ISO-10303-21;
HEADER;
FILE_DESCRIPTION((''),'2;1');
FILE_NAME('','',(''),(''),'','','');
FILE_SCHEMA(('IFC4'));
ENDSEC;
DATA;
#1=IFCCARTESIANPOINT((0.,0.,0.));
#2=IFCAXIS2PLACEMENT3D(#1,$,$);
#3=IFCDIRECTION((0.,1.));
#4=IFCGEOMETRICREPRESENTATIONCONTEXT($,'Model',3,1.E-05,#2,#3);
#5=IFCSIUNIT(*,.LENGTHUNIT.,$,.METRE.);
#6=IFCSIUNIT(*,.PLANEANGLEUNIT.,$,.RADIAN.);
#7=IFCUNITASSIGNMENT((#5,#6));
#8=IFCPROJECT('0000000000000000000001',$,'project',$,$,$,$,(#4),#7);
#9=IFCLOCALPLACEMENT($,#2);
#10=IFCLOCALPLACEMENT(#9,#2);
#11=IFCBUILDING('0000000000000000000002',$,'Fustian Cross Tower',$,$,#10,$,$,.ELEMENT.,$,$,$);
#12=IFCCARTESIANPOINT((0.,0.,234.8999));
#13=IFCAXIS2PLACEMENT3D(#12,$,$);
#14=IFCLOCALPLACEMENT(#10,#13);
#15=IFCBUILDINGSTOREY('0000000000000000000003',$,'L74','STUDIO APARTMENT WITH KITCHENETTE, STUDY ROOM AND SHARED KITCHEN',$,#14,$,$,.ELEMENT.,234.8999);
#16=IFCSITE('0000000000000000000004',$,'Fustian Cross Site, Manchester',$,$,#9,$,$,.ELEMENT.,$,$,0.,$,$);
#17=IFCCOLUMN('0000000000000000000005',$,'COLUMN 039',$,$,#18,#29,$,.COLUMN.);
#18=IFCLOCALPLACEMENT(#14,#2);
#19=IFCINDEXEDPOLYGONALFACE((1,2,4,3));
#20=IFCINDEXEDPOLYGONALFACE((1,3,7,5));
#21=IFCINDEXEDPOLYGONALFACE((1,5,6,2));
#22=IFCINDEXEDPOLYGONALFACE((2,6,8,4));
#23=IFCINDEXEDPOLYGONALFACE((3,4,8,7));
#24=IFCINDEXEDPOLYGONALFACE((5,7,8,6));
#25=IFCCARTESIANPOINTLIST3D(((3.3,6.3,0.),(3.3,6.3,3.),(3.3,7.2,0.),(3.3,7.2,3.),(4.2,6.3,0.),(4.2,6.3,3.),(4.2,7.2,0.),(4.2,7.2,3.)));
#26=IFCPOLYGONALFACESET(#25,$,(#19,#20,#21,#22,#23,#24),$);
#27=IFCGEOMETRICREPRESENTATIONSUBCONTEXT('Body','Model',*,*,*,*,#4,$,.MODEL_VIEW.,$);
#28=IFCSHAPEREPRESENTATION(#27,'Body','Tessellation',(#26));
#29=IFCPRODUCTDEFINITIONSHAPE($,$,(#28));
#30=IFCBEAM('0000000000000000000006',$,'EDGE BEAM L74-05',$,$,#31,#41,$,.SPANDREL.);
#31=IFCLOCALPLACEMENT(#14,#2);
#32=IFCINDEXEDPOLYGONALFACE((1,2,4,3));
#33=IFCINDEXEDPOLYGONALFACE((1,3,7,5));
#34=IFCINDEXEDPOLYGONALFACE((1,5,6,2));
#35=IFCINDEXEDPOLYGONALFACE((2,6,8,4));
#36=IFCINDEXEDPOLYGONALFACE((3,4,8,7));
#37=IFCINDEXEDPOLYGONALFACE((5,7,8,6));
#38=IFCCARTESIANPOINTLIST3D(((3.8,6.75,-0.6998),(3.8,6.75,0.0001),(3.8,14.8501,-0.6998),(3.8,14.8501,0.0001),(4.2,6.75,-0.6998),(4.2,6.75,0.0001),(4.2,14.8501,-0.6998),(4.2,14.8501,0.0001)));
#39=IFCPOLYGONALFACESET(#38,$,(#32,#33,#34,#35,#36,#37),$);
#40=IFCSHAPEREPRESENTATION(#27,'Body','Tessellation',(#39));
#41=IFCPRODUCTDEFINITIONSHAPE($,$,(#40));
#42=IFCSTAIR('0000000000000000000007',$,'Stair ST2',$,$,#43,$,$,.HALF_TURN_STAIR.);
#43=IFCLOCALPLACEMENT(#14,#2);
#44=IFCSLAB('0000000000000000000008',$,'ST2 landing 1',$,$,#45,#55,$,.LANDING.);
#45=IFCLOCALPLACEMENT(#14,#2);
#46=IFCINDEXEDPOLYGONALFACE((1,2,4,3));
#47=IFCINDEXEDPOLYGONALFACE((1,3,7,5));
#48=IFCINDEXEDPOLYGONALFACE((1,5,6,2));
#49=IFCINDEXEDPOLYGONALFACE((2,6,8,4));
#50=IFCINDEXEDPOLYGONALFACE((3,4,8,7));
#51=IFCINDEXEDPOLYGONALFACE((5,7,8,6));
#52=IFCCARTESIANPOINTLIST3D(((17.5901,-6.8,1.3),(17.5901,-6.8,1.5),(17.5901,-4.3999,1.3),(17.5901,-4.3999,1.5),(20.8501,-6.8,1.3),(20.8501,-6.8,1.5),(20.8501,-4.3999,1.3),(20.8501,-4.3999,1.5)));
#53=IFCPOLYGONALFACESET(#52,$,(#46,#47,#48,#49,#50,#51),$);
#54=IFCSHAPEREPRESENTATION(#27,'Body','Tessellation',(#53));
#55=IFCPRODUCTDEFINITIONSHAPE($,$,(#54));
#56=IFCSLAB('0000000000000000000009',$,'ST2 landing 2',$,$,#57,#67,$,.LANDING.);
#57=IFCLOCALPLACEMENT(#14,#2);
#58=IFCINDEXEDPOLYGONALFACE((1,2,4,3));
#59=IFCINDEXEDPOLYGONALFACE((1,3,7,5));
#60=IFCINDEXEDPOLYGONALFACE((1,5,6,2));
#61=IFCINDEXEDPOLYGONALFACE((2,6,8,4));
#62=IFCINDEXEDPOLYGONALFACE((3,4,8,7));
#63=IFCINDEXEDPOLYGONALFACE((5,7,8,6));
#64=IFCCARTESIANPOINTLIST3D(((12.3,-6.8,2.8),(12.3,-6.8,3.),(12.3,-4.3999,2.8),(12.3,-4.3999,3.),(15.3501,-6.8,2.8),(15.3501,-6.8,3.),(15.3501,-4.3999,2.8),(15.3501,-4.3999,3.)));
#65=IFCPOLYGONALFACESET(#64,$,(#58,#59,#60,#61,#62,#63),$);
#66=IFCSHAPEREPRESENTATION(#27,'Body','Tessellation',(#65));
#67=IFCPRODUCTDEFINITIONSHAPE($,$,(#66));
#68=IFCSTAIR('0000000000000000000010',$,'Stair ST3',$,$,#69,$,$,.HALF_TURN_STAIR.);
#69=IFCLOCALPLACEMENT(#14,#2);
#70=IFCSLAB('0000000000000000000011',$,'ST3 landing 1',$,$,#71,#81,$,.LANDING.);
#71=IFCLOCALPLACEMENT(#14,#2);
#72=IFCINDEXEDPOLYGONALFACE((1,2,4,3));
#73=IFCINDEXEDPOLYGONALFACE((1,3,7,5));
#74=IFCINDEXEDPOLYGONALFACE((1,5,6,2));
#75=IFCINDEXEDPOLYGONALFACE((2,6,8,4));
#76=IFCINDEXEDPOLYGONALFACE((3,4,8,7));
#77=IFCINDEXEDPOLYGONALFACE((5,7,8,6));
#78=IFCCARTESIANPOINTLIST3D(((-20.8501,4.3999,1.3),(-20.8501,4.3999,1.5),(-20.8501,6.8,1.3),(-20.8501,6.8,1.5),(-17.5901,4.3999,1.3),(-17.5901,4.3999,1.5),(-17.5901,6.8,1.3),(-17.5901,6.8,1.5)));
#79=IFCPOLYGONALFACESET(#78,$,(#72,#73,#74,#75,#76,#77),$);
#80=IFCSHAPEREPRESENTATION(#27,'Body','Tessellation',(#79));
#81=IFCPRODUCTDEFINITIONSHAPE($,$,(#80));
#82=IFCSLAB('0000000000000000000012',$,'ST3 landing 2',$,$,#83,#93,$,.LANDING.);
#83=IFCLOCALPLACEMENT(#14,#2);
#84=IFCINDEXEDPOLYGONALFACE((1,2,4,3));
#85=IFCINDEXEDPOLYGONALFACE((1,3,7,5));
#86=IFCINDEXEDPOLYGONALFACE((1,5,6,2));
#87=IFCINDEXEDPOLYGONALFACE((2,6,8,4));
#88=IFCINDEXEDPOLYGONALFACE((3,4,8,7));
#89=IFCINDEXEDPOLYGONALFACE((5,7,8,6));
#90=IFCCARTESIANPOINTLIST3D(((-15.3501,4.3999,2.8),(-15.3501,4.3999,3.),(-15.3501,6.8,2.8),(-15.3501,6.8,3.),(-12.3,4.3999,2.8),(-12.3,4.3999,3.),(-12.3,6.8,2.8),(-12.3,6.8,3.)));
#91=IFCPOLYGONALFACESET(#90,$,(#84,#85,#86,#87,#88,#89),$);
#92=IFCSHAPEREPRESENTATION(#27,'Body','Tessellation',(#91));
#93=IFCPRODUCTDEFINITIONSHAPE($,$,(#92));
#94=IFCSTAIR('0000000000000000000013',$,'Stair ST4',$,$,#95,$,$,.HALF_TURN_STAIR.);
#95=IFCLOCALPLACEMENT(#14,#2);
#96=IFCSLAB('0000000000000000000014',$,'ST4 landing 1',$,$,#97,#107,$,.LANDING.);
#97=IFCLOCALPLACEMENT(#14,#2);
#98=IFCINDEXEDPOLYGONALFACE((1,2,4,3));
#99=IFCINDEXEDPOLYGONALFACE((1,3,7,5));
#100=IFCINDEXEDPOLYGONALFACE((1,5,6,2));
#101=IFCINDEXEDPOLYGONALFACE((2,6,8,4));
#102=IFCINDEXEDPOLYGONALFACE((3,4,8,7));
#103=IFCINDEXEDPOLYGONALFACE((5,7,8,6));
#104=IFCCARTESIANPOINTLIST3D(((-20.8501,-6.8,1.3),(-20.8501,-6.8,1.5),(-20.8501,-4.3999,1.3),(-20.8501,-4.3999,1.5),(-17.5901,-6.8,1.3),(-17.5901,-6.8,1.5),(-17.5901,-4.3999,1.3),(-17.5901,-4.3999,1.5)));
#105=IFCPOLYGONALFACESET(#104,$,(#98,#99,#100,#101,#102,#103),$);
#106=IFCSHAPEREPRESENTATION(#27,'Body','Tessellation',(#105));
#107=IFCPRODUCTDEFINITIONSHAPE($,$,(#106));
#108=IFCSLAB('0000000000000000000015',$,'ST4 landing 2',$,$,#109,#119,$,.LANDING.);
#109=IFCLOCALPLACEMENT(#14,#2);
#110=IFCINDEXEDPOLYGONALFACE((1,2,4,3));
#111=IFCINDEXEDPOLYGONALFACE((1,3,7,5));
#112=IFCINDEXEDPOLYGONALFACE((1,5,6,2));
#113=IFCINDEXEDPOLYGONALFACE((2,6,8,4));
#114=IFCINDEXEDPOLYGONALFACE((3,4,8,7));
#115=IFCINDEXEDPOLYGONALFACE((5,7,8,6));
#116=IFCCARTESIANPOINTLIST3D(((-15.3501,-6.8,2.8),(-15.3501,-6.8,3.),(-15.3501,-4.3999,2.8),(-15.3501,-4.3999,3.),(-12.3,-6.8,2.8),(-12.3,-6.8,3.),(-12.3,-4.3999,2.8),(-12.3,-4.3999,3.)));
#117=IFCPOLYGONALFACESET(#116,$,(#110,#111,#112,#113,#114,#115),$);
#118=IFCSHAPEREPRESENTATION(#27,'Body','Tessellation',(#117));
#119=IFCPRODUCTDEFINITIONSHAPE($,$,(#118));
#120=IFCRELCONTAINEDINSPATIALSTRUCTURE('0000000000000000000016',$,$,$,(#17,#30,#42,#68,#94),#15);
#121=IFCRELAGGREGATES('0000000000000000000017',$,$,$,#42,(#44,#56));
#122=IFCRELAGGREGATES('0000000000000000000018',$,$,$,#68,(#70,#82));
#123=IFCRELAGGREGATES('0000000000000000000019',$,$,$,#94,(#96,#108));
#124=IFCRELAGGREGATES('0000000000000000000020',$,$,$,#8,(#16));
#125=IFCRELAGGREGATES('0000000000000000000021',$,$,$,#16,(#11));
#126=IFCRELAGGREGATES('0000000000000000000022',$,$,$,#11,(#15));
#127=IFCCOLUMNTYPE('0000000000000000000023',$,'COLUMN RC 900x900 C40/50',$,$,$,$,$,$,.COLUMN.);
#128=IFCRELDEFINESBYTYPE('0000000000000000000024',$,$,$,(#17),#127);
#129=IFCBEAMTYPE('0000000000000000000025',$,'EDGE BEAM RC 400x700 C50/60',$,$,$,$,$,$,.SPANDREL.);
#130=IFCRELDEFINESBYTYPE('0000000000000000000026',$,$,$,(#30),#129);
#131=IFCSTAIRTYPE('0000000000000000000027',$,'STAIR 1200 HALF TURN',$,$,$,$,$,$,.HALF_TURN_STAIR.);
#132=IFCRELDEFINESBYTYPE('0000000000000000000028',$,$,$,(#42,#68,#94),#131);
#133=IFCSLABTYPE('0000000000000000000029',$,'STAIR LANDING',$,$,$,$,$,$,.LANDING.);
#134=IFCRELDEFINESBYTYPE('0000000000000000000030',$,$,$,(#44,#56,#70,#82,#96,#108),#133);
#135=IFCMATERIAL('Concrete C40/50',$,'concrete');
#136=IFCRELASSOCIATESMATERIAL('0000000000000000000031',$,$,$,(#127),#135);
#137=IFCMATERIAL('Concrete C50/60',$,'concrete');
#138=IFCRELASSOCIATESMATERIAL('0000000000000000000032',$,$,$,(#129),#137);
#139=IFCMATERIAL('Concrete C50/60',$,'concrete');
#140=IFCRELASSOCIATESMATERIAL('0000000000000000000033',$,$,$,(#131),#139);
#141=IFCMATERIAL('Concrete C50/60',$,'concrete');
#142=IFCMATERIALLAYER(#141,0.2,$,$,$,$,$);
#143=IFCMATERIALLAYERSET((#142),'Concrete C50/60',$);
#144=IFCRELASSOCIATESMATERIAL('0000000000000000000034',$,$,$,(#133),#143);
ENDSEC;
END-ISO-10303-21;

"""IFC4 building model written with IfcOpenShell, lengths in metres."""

from ifc_helpers import new_model, si_unit, direction, frame, origin, origin_2d, place, context, subcontext, project, spatial, polyline, rectangle, outline, extrude, material, layer, layer_set, material_profile, profile_set, type_object, element, aggregate, save


model = new_model("IFC4")

# Units and contexts
model_context = context("Model", 3, precision=1e-05, world=origin(), true_north=direction((0.0, 1.0)))
body_context = subcontext(model_context, "Body", "Model", "MODEL_VIEW")
ifc_project = project(units=[si_unit("LENGTHUNIT", "METRE"), si_unit("PLANEANGLEUNIT", "RADIAN")], contexts=[model_context])

# Site, building, storey
site_placement = place(None, origin())
site = spatial("IfcSite", under=ifc_project, at=site_placement, Name="Fustian Cross Site, Manchester", CompositionType="ELEMENT", RefElevation=0.0)
building_placement = place(site_placement, origin())
building = spatial("IfcBuilding", under=site, at=building_placement, Name="Fustian Cross Tower", CompositionType="ELEMENT")
storey_placement = place(building_placement, frame((0.0, 0.0, 234.8999)))
storey = spatial("IfcBuildingStorey", under=building, at=storey_placement, Name="L74", Description="STUDIO APARTMENT WITH KITCHENETTE, STUDY ROOM AND SHARED KITCHEN", CompositionType="ELEMENT", Elevation=234.8999)

# Column
ifc_material_1 = material(Name="Concrete C40/50", Category="concrete")
ifc_material_profile_1 = material_profile(ifc_material_1, rectangle(XDim=0.8999, YDim=0.8999, at=origin_2d()), Name="RC 900x900")
ifc_profile_set_1 = profile_set([ifc_material_profile_1], Name="Concrete C40/50")
column_type = type_object("IfcColumnType", Name="COLUMN RC 900x900 C40/50", PredefinedType="COLUMN", material=ifc_profile_set_1)
column_placement = place(storey_placement, frame((3.75, 6.75, 0.0), z_axis=(0.0, 0.0, 1.0), x_axis=(1.0, 0.0, 0.0)))
element("IfcColumn", 1, at=column_placement, inside=storey, type_object=column_type, Name="COLUMN 039", PredefinedType="COLUMN", context=body_context, shape_type="SweptSolid", body=[
    extrude(rectangle(XDim=0.8999, YDim=0.8999, at=origin_2d()), origin(), (0.0, 0.0, 1.0), 3.0),
])

# Beam
ifc_material_2 = material(Name="Concrete C50/60", Category="concrete")
ifc_material_profile_2 = material_profile(ifc_material_2, rectangle(XDim=0.3999, YDim=0.7, at=origin_2d()), Name="RC 400x700")
ifc_profile_set_2 = profile_set([ifc_material_profile_2], Name="Concrete C50/60")
beam_type = type_object("IfcBeamType", Name="EDGE BEAM RC 400x700 C50/60", PredefinedType="SPANDREL", material=ifc_profile_set_2)
beam_placement = place(storey_placement, frame((4.0, 6.75, -0.3499), z_axis=(0.0, 1.0, 0.0), x_axis=(-1.0, 0.0, 0.0)))
element("IfcBeam", 2, at=beam_placement, inside=storey, type_object=beam_type, Name="EDGE BEAM L74-05", PredefinedType="SPANDREL", context=body_context, shape_type="SweptSolid", body=[
    extrude(rectangle(XDim=0.3999, YDim=0.7, at=origin_2d()), origin(), (0.0, 0.0, 1.0), 8.1001),
])

# Stairs, slabs
ifc_material_3 = material(Name="Concrete C50/60", Category="concrete")
stair_type = type_object("IfcStairType", Name="STAIR 1200 HALF TURN", PredefinedType="HALF_TURN_STAIR", material=ifc_material_3)
stair_1_placement = place(storey_placement, origin())
stair_1 = element("IfcStair", 3, at=stair_1_placement, inside=storey, type_object=stair_type, Name="Stair ST2", PredefinedType="HALF_TURN_STAIR")
ifc_material_4 = material(Name="Concrete C50/60", Category="concrete")
ifc_layer_1 = layer(ifc_material_4, 0.2)
ifc_layer_set_1 = layer_set([ifc_layer_1], Name="Concrete C50/60")
slab_type = type_object("IfcSlabType", Name="STAIR LANDING", PredefinedType="LANDING", material=ifc_layer_set_1)
slab_1_placement = place(storey_placement, frame((0.0, 0.0, 1.3)))
slab_1 = element("IfcSlab", 4, at=slab_1_placement, type_object=slab_type, Name="ST2 landing 1", PredefinedType="LANDING", context=body_context, shape_type="SweptSolid", body=[
    extrude(outline(polyline([(17.5901, -4.3999), (20.8501, -4.3999), (20.8501, -6.8), (17.5901, -6.8), (17.5901, -4.3999)])), origin(), (0.0, 0.0, 1.0), 0.2),
])
slab_2_placement = place(storey_placement, frame((0.0, 0.0, 2.8)))
slab_2 = element("IfcSlab", 5, at=slab_2_placement, type_object=slab_type, Name="ST2 landing 2", PredefinedType="LANDING", context=body_context, shape_type="SweptSolid", body=[
    extrude(outline(polyline([(12.3, -4.3999), (15.3501, -4.3999), (15.3501, -6.8), (12.3, -6.8), (12.3, -4.3999)])), origin(), (0.0, 0.0, 1.0), 0.2),
])
aggregate(stair_1, [slab_1, slab_2])
stair_2_placement = place(storey_placement, origin())
stair_2 = element("IfcStair", 6, at=stair_2_placement, inside=storey, type_object=stair_type, Name="Stair ST3", PredefinedType="HALF_TURN_STAIR")
slab_3_placement = place(storey_placement, frame((0.0, 0.0, 1.3)))
slab_3 = element("IfcSlab", 7, at=slab_3_placement, type_object=slab_type, Name="ST3 landing 1", PredefinedType="LANDING", context=body_context, shape_type="SweptSolid", body=[
    extrude(outline(polyline([(-17.5901, 4.3999), (-20.8501, 4.3999), (-20.8501, 6.8), (-17.5901, 6.8), (-17.5901, 4.3999)])), origin(), (0.0, 0.0, 1.0), 0.2),
])
slab_4_placement = place(storey_placement, frame((0.0, 0.0, 2.8)))
slab_4 = element("IfcSlab", 8, at=slab_4_placement, type_object=slab_type, Name="ST3 landing 2", PredefinedType="LANDING", context=body_context, shape_type="SweptSolid", body=[
    extrude(outline(polyline([(-12.3, 4.3999), (-15.3501, 4.3999), (-15.3501, 6.8), (-12.3, 6.8), (-12.3, 4.3999)])), origin(), (0.0, 0.0, 1.0), 0.2),
])
aggregate(stair_2, [slab_3, slab_4])
stair_3_placement = place(storey_placement, origin())
stair_3 = element("IfcStair", 9, at=stair_3_placement, inside=storey, type_object=stair_type, Name="Stair ST4", PredefinedType="HALF_TURN_STAIR")
slab_5_placement = place(storey_placement, frame((0.0, 0.0, 1.3)))
slab_5 = element("IfcSlab", 10, at=slab_5_placement, type_object=slab_type, Name="ST4 landing 1", PredefinedType="LANDING", context=body_context, shape_type="SweptSolid", body=[
    extrude(outline(polyline([(-17.5901, -4.3999), (-20.8501, -4.3999), (-20.8501, -6.8), (-17.5901, -6.8), (-17.5901, -4.3999)])), origin(), (0.0, 0.0, 1.0), 0.2),
])
slab_6_placement = place(storey_placement, frame((0.0, 0.0, 2.8)))
slab_6 = element("IfcSlab", 11, at=slab_6_placement, type_object=slab_type, Name="ST4 landing 2", PredefinedType="LANDING", context=body_context, shape_type="SweptSolid", body=[
    extrude(outline(polyline([(-12.3, -4.3999), (-15.3501, -4.3999), (-15.3501, -6.8), (-12.3, -6.8), (-12.3, -4.3999)])), origin(), (0.0, 0.0, 1.0), 0.2),
])
aggregate(stair_3, [slab_5, slab_6])

save(model, "model.ifc")
